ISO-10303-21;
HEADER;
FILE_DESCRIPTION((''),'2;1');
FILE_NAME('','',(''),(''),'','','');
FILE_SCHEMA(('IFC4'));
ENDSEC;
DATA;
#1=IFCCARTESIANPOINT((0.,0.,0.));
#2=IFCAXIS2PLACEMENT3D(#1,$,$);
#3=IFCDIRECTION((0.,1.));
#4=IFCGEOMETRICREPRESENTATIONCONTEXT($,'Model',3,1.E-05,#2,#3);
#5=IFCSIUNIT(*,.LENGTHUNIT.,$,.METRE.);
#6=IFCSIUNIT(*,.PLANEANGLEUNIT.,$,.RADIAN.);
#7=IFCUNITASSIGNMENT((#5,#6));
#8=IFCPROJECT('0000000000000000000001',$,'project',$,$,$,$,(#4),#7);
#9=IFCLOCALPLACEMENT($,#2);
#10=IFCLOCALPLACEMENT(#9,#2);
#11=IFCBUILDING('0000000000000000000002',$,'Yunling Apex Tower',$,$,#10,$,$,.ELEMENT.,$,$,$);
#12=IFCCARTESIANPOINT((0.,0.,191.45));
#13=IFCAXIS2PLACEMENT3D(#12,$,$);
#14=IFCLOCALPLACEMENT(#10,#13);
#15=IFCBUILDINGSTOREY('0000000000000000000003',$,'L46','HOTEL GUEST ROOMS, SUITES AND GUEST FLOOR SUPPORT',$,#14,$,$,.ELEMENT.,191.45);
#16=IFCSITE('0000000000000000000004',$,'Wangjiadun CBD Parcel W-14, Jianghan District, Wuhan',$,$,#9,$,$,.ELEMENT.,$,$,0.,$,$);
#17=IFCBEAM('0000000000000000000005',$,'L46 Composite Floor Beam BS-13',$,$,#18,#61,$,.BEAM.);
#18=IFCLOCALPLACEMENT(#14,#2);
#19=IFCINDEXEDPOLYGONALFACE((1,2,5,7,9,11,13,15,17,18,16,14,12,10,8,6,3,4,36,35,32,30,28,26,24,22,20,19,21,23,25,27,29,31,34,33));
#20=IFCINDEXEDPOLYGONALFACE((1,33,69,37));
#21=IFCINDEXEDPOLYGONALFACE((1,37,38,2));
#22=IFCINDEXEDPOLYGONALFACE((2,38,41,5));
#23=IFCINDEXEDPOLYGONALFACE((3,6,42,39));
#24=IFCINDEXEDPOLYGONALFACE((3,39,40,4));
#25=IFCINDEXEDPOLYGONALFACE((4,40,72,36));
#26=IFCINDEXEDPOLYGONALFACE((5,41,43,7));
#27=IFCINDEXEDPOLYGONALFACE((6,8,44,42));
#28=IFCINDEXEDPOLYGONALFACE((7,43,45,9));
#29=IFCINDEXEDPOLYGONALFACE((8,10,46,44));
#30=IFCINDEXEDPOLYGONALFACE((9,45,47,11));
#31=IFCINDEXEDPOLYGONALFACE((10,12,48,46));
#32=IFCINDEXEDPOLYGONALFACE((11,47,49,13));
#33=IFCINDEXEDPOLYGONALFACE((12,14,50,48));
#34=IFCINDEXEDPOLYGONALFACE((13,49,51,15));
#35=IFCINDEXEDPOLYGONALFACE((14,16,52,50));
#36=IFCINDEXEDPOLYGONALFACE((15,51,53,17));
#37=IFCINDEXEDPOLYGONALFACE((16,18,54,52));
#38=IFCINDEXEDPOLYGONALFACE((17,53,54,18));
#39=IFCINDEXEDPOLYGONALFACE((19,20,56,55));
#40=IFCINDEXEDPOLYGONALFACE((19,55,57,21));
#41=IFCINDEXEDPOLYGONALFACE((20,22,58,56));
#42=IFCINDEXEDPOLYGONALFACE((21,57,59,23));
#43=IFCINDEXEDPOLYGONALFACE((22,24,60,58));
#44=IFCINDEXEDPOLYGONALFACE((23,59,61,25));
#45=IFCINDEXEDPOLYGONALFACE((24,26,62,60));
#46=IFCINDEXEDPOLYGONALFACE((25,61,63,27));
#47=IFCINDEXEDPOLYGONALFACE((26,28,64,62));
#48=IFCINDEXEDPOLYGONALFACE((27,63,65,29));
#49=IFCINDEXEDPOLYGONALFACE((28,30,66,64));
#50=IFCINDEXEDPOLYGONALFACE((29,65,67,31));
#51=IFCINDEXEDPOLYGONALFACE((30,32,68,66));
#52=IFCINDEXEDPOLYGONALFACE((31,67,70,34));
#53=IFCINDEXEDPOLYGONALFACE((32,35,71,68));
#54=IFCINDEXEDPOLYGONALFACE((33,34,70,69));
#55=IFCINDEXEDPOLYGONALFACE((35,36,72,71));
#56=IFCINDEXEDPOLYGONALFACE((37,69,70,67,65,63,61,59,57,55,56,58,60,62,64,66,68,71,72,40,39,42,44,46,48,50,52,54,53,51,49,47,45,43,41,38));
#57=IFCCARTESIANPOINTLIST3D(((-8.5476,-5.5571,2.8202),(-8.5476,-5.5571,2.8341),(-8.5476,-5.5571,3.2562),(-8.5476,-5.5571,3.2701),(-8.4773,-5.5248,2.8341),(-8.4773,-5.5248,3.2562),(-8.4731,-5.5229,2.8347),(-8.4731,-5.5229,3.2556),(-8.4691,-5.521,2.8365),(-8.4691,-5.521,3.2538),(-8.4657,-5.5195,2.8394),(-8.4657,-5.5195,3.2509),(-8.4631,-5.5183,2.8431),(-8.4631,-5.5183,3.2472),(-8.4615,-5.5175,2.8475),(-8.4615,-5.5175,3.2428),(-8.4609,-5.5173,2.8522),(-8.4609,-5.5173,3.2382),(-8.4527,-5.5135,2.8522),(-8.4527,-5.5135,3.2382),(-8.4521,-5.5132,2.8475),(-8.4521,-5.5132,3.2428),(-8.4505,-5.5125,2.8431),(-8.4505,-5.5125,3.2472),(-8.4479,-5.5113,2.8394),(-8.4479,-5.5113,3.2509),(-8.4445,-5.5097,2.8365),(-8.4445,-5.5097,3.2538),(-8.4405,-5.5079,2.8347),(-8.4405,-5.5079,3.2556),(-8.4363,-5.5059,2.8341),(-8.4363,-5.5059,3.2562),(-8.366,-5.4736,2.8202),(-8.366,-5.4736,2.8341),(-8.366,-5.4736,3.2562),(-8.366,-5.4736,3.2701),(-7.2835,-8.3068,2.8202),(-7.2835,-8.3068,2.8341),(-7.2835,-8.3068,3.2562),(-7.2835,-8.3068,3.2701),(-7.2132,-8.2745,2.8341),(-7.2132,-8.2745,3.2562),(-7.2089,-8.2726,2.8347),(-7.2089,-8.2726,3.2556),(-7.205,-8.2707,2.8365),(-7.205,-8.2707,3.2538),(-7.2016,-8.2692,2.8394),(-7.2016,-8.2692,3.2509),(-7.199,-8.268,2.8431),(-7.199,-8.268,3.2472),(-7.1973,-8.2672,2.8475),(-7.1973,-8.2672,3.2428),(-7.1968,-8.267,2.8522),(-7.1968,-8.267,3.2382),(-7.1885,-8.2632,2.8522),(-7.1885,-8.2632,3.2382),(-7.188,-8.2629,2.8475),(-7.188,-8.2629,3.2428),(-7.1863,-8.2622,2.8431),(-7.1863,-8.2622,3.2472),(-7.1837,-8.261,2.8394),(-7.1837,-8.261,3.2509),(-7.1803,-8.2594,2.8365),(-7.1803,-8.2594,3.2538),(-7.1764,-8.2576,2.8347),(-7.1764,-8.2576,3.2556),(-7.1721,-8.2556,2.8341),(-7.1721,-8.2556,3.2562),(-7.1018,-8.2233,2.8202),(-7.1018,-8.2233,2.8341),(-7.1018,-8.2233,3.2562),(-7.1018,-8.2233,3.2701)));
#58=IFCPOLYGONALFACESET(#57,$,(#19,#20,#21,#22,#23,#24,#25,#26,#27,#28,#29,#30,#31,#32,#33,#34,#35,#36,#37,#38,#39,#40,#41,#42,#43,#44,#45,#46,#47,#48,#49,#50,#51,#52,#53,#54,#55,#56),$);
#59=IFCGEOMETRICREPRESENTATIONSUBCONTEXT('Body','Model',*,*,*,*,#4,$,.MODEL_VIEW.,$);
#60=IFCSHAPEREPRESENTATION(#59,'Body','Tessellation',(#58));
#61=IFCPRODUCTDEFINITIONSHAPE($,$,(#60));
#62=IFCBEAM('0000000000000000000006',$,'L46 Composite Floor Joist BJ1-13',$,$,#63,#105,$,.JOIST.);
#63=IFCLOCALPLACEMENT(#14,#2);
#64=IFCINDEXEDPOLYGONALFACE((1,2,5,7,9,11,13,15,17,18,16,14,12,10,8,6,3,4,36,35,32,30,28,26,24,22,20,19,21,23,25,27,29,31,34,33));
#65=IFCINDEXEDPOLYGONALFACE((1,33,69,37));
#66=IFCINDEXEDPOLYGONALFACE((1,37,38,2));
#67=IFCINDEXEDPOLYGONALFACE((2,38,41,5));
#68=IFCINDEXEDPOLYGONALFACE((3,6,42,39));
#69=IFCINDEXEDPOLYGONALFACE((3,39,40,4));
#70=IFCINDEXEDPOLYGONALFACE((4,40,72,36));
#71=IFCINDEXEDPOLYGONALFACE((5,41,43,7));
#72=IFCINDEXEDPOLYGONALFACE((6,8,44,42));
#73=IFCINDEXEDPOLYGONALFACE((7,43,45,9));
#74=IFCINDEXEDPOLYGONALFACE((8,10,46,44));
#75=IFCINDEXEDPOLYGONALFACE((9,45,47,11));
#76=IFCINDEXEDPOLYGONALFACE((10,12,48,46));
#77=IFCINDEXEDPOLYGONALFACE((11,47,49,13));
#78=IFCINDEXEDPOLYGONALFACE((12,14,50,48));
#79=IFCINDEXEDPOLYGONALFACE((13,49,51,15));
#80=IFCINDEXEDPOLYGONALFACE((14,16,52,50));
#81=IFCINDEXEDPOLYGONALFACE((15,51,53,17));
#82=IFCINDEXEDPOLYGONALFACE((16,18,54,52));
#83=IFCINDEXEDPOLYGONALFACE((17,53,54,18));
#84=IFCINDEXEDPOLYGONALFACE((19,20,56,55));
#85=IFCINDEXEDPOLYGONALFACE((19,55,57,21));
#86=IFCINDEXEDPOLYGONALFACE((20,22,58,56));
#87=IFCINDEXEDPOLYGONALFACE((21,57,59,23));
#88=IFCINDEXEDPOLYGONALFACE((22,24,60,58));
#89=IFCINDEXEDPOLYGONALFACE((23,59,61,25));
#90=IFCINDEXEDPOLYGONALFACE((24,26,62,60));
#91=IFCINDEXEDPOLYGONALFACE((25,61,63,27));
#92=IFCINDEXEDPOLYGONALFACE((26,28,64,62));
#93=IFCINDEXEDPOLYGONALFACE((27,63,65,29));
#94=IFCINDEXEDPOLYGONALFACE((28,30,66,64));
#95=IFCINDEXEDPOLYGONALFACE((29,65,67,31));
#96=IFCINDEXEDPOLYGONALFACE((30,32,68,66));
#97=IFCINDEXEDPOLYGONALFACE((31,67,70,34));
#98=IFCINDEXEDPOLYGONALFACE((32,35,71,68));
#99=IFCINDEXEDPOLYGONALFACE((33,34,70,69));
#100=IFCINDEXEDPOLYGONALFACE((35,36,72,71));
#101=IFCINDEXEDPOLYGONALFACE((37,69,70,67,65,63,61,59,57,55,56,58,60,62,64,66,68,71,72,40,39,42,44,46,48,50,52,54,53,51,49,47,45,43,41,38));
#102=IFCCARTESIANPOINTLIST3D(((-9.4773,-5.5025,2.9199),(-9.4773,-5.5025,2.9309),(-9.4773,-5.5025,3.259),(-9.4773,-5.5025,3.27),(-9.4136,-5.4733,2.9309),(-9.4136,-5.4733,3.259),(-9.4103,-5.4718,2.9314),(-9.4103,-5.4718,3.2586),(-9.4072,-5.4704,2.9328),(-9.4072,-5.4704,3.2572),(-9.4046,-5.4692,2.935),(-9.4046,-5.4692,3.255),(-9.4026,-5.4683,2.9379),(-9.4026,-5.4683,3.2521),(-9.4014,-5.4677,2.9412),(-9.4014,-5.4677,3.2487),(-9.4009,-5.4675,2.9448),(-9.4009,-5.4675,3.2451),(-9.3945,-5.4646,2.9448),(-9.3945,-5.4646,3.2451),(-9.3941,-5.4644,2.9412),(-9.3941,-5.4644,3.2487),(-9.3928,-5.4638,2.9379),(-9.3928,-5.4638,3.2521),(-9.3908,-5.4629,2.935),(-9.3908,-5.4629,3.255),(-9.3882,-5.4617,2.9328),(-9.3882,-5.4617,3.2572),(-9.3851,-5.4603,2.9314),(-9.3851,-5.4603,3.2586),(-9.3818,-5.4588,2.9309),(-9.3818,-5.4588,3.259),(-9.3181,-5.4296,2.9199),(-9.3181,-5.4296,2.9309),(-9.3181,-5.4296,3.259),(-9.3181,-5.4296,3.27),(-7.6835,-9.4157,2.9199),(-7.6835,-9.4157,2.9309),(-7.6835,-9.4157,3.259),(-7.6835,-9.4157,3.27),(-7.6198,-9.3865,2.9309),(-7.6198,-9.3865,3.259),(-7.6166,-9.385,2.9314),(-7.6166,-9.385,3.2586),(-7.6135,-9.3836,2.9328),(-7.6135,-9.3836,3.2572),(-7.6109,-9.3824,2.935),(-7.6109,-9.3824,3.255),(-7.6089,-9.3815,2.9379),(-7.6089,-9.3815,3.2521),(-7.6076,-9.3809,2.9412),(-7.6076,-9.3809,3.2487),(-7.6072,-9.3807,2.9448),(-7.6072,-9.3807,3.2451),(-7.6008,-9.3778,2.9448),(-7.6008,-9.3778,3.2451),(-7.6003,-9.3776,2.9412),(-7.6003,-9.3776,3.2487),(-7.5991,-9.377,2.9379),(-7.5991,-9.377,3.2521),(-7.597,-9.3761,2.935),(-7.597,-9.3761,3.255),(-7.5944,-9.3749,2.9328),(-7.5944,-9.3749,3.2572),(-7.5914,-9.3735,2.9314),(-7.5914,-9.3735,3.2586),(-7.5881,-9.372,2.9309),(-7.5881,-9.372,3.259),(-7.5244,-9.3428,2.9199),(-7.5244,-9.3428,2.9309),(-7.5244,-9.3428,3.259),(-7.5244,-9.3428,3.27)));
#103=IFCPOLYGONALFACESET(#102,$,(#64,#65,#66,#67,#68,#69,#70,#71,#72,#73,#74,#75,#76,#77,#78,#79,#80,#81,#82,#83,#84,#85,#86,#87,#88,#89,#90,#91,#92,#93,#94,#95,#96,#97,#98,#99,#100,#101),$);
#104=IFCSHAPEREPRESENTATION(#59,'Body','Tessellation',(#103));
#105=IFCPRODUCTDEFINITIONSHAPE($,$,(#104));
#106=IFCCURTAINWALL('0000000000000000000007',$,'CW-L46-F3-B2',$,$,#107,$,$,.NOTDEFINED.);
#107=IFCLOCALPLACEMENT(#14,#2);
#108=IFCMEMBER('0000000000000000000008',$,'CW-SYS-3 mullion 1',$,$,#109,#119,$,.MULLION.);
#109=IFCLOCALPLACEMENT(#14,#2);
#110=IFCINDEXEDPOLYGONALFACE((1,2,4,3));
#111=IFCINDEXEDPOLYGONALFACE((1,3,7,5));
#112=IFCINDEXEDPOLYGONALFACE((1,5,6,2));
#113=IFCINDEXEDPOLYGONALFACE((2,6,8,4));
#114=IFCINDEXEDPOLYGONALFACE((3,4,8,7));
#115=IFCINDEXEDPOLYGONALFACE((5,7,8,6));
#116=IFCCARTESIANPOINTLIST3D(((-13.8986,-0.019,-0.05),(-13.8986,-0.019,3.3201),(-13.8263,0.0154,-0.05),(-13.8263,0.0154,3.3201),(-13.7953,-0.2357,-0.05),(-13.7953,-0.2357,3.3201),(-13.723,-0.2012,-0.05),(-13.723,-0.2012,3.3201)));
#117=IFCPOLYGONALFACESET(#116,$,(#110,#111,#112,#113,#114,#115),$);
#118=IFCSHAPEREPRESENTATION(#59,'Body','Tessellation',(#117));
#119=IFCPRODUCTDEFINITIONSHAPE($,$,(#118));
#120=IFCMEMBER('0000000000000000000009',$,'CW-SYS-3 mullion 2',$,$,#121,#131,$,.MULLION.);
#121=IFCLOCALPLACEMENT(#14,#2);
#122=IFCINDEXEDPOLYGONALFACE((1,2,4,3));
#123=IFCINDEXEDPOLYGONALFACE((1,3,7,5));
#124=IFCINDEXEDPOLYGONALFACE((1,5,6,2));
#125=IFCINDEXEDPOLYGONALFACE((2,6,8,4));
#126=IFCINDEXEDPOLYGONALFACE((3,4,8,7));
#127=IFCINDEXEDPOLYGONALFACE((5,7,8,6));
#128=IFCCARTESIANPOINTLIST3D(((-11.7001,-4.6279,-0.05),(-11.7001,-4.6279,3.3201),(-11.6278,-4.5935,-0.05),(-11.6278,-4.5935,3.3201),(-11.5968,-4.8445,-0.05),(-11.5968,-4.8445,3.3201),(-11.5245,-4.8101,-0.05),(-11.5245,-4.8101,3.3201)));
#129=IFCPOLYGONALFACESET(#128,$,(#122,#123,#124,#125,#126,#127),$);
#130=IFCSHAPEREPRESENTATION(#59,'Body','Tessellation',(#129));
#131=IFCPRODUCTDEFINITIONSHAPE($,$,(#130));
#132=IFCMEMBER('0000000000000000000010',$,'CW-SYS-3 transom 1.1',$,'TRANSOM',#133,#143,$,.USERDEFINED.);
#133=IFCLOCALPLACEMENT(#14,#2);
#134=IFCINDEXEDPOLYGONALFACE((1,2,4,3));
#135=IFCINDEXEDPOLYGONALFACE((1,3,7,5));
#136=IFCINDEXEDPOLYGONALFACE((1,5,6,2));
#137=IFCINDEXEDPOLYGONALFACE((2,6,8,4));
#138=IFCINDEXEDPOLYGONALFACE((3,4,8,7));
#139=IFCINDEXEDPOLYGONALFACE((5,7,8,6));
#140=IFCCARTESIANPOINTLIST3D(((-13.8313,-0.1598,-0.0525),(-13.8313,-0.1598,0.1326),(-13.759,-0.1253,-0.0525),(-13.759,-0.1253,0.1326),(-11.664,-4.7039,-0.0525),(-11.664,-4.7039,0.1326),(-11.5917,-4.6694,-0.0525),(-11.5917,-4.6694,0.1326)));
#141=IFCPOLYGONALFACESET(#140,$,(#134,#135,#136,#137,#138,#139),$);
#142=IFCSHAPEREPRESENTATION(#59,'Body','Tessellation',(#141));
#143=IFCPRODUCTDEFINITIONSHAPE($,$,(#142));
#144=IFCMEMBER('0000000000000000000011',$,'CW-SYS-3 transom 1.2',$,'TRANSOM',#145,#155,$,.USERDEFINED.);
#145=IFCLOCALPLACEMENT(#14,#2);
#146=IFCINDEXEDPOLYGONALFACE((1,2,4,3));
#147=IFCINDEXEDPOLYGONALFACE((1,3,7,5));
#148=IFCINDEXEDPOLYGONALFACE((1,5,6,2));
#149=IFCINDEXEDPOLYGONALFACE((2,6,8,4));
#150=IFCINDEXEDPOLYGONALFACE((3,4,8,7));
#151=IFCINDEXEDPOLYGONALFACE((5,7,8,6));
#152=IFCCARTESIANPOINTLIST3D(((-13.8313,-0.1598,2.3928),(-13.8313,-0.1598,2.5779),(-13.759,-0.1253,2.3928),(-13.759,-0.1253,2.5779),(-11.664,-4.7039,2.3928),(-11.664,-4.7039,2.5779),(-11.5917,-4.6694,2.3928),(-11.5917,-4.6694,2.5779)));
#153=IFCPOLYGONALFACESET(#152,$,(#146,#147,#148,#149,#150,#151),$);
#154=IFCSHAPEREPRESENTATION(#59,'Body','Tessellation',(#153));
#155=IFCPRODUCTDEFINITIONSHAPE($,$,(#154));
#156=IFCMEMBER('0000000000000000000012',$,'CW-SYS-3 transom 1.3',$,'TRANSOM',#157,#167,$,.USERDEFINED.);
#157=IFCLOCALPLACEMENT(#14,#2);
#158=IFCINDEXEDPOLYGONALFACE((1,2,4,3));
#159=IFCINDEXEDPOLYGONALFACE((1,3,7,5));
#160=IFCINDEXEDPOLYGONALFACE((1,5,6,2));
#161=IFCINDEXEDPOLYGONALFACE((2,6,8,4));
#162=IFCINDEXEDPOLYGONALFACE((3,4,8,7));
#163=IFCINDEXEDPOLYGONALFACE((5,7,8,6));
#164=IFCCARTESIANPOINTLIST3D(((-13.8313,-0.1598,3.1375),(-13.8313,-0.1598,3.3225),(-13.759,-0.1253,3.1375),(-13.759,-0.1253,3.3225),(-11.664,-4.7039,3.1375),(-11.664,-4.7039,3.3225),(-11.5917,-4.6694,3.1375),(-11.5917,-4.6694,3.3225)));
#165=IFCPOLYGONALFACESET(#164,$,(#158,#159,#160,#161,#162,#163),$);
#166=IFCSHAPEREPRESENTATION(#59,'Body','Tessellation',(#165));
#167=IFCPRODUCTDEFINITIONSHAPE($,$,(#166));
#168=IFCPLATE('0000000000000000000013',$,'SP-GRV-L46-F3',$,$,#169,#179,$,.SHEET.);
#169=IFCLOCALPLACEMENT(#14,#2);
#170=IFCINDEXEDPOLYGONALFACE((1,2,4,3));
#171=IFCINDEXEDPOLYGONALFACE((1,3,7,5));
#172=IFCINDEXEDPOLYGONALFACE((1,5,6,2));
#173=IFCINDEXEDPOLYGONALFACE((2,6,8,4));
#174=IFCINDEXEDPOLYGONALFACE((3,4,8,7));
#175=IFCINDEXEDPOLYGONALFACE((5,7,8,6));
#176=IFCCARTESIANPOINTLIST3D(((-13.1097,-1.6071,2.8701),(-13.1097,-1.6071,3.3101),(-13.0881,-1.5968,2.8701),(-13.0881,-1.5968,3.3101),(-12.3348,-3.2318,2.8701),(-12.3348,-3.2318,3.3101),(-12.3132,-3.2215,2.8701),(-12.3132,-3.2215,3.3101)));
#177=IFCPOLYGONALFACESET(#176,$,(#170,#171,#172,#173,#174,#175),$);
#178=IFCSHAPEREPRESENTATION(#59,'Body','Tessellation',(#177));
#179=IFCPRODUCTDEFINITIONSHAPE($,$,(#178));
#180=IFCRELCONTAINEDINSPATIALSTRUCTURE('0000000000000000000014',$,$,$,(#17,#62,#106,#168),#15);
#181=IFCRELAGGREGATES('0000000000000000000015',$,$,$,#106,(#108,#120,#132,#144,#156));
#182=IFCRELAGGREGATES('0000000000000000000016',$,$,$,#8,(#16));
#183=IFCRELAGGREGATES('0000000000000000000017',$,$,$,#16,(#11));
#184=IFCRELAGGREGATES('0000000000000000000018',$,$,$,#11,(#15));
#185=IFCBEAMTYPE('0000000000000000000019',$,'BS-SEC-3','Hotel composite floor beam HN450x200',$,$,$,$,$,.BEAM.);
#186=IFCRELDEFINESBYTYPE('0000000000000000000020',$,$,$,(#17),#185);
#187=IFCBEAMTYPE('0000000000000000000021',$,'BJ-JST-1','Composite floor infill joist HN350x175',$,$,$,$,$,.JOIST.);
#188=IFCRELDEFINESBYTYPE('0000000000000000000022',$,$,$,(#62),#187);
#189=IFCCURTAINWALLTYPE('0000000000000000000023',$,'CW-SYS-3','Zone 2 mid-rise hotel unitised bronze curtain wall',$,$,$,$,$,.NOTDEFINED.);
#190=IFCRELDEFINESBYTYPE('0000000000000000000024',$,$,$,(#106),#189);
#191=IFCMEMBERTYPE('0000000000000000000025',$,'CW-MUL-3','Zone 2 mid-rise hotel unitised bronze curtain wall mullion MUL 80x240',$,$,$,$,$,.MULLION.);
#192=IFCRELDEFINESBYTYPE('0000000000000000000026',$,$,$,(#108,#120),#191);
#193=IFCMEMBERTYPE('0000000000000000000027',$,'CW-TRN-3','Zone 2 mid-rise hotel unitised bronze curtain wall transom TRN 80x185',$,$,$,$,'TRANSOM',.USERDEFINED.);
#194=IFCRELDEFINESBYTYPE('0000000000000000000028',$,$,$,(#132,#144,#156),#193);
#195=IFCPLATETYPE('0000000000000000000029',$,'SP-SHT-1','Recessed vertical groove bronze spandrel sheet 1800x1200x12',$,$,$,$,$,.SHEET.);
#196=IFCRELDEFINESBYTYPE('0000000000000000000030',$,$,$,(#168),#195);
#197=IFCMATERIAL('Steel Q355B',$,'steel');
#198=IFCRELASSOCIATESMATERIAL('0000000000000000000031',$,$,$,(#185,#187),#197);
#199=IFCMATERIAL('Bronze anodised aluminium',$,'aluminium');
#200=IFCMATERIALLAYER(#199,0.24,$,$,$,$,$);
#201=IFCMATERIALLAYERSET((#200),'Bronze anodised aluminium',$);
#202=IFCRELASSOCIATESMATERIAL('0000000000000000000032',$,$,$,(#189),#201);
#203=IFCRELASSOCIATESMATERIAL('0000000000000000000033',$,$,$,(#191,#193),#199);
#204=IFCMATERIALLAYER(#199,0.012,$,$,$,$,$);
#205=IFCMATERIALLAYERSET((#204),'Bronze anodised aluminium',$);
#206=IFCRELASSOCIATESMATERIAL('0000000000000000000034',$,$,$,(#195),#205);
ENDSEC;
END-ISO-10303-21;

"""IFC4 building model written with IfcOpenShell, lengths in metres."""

from ifc_helpers import new_model, si_unit, direction, frame, origin, origin_2d, place, context, subcontext, project, spatial, rectangle, i_section, extrude, source, transform, mapped, material, layer, layer_set, material_profile, profile_set, type_object, element, aggregate, save


model = new_model("IFC4")

# Units and contexts
model_context = context("Model", 3, precision=1e-05, world=origin(), true_north=direction((0.0, 1.0)))
body_context = subcontext(model_context, "Body", "Model", "MODEL_VIEW")
ifc_project = project(units=[si_unit("LENGTHUNIT", "METRE"), si_unit("PLANEANGLEUNIT", "RADIAN")], contexts=[model_context])

# Site, building, storey
site_placement = place(None, origin())
site = spatial("IfcSite", under=ifc_project, at=site_placement, Name="Wangjiadun CBD Parcel W-14, Jianghan District, Wuhan", CompositionType="ELEMENT", RefElevation=0.0)
building_placement = place(site_placement, origin())
building = spatial("IfcBuilding", under=site, at=building_placement, Name="Yunling Apex Tower", CompositionType="ELEMENT")
storey_placement = place(building_placement, frame((0.0, 0.0, 191.45)))
storey = spatial("IfcBuildingStorey", under=building, at=storey_placement, Name="L46", Description="HOTEL GUEST ROOMS, SUITES AND GUEST FLOOR SUPPORT", CompositionType="ELEMENT", Elevation=191.45)

# Beams
ifc_material_1 = material(Name="Steel Q355B", Category="steel")
ifc_material_profile_1 = material_profile(ifc_material_1, i_section(OverallWidth=0.2, OverallDepth=0.45, WebThickness=0.009, FlangeThickness=0.0139, FilletRadius=0.0181, at=origin_2d()))
ifc_profile_set_1 = profile_set([ifc_material_profile_1], Name="Steel Q355B")
beam_type_1 = type_object("IfcBeamType", Name="BS-SEC-3", Description="Hotel composite floor beam HN450x200", PredefinedType="BEAM", material=ifc_profile_set_1)
shared_shape_1 = source(origin(), body_context, "Body", "SweptSolid", [
    extrude(i_section(OverallWidth=0.2, OverallDepth=0.45, WebThickness=0.009, FlangeThickness=0.0139, FilletRadius=0.0181, at=origin_2d()), origin(), (0.0, 0.0, 1.0), 3.0264),
])
beam_1_placement = place(storey_placement, frame((-8.4568, -5.5154, 3.0452), z_axis=(0.417707, -0.908582, 0.0), x_axis=(0.908582, 0.417707, 0.0)))
element("IfcBeam", 1, at=beam_1_placement, inside=storey, type_object=beam_type_1, Name="L46 Composite Floor Beam BS-13", PredefinedType="BEAM", context=body_context, shape_type="MappedRepresentation", body=[
    mapped(shared_shape_1, transform((0.0, 0.0, 0.0), scale=1.0)),
])
ifc_material_profile_2 = material_profile(ifc_material_1, i_section(OverallWidth=0.175, OverallDepth=0.3501, WebThickness=0.0071, FlangeThickness=0.011, FilletRadius=0.0139, at=origin_2d()))
ifc_profile_set_2 = profile_set([ifc_material_profile_2], Name="Steel Q355B")
beam_type_2 = type_object("IfcBeamType", Name="BJ-JST-1", Description="Composite floor infill joist HN350x175", PredefinedType="JOIST", material=ifc_profile_set_2)
shared_shape_2 = source(origin(), body_context, "Body", "SweptSolid", [
    extrude(i_section(OverallWidth=0.175, OverallDepth=0.3501, WebThickness=0.0071, FlangeThickness=0.011, FilletRadius=0.0139, at=origin_2d()), origin(), (0.0, 0.0, 1.0), 4.3047),
])
beam_2_placement = place(storey_placement, frame((-9.3977, -5.4661, 3.095), z_axis=(0.416694, -0.909047, 0.0), x_axis=(0.909047, 0.416694, 0.0)))
element("IfcBeam", 2, at=beam_2_placement, inside=storey, type_object=beam_type_2, Name="L46 Composite Floor Joist BJ1-13", PredefinedType="JOIST", context=body_context, shape_type="MappedRepresentation", body=[
    mapped(shared_shape_2, transform((0.0, 0.0, 0.0), scale=1.0)),
])

# Curtain wall, members
ifc_material_2 = material(Name="Bronze anodised aluminium", Category="aluminium")
ifc_layer_1 = layer(ifc_material_2, 0.24)
ifc_layer_set_1 = layer_set([ifc_layer_1], Name="Bronze anodised aluminium")
curtain_wall_type = type_object("IfcCurtainWallType", Name="CW-SYS-3", Description="Zone 2 mid-rise hotel unitised bronze curtain wall", PredefinedType="NOTDEFINED", material=ifc_layer_set_1)
curtain_wall_placement = place(storey_placement, origin())
curtain_wall = element("IfcCurtainWall", 3, at=curtain_wall_placement, inside=storey, type_object=curtain_wall_type, Name="CW-L46-F3-B2", PredefinedType="NOTDEFINED")
ifc_material_profile_3 = material_profile(ifc_material_2, rectangle(XDim=0.0801, YDim=0.24, at=origin_2d()))
ifc_profile_set_3 = profile_set([ifc_material_profile_3], Name="Bronze anodised aluminium")
member_type_1 = type_object("IfcMemberType", Name="CW-MUL-3", Description="Zone 2 mid-rise hotel unitised bronze curtain wall mullion MUL 80x240", PredefinedType="MULLION", material=ifc_profile_set_3)
shared_shape_3 = source(origin(), body_context, "Body", "SweptSolid", [
    extrude(rectangle(XDim=0.0801, YDim=0.24, at=origin_2d()), origin(), (0.0, 0.0, 1.0), 3.3701),
])
member_1_placement = place(storey_placement, frame((-13.8108, -0.1101, -0.05), z_axis=(0.0, 0.0, 1.0), x_axis=(0.902583, 0.430516, 0.0)))
member_1 = element("IfcMember", 4, at=member_1_placement, type_object=member_type_1, Name="CW-SYS-3 mullion 1", PredefinedType="MULLION", context=body_context, shape_type="MappedRepresentation", body=[
    mapped(shared_shape_3, transform((0.0, 0.0, 0.0), scale=1.0)),
])
member_2_placement = place(storey_placement, frame((-11.6123, -4.719, -0.05), z_axis=(0.0, 0.0, 1.0), x_axis=(0.902583, 0.430516, 0.0)))
member_2 = element("IfcMember", 5, at=member_2_placement, type_object=member_type_1, Name="CW-SYS-3 mullion 2", PredefinedType="MULLION", context=body_context, shape_type="MappedRepresentation", body=[
    mapped(shared_shape_3, transform((0.0, 0.0, 0.0), scale=1.0)),
])
ifc_material_profile_4 = material_profile(ifc_material_2, rectangle(XDim=0.0801, YDim=0.1851, at=origin_2d()))
ifc_profile_set_4 = profile_set([ifc_material_profile_4], Name="Bronze anodised aluminium")
member_type_2 = type_object("IfcMemberType", Name="CW-TRN-3", Description="Zone 2 mid-rise hotel unitised bronze curtain wall transom TRN 80x185", ElementType="TRANSOM", PredefinedType="USERDEFINED", material=ifc_profile_set_4)
shared_shape_4 = source(origin(), body_context, "Body", "SweptSolid", [
    extrude(rectangle(XDim=0.0801, YDim=0.1851, at=origin_2d()), origin(), (0.0, 0.0, 1.0), 5.0344),
])
member_3_placement = place(storey_placement, frame((-13.7952, -0.1426, 0.04), z_axis=(0.430493, -0.902594, 0.0), x_axis=(0.902594, 0.430493, 0.0)))
member_3 = element("IfcMember", 6, at=member_3_placement, type_object=member_type_2, Name="CW-SYS-3 transom 1.1", ObjectType="TRANSOM", PredefinedType="USERDEFINED", context=body_context, shape_type="MappedRepresentation", body=[
    mapped(shared_shape_4, transform((0.0, 0.0, 0.0), scale=1.0)),
])
member_4_placement = place(storey_placement, frame((-13.7952, -0.1426, 2.4854), z_axis=(0.430493, -0.902594, 0.0), x_axis=(0.902594, 0.430493, 0.0)))
member_4 = element("IfcMember", 7, at=member_4_placement, type_object=member_type_2, Name="CW-SYS-3 transom 1.2", ObjectType="TRANSOM", PredefinedType="USERDEFINED", context=body_context, shape_type="MappedRepresentation", body=[
    mapped(shared_shape_4, transform((0.0, 0.0, 0.0), scale=1.0)),
])
member_5_placement = place(storey_placement, frame((-13.7952, -0.1426, 3.23), z_axis=(0.430493, -0.902594, 0.0), x_axis=(0.902594, 0.430493, 0.0)))
member_5 = element("IfcMember", 8, at=member_5_placement, type_object=member_type_2, Name="CW-SYS-3 transom 1.3", ObjectType="TRANSOM", PredefinedType="USERDEFINED", context=body_context, shape_type="MappedRepresentation", body=[
    mapped(shared_shape_4, transform((0.0, 0.0, 0.0), scale=1.0)),
])

# Plate
ifc_layer_2 = layer(ifc_material_2, 0.012)
ifc_layer_set_2 = layer_set([ifc_layer_2], Name="Bronze anodised aluminium")
plate_type_1 = type_object("IfcPlateType", Name="SP-SHT-1", Description="Recessed vertical groove bronze spandrel sheet 1800x1200x12", PredefinedType="SHEET", material=ifc_layer_set_2)
shared_shape_5 = source(origin(), body_context, "Body", "SweptSolid", [
    extrude(rectangle(XDim=1.8, YDim=0.0239, at=origin_2d()), origin(), (0.0, 0.0, 1.0), 0.4399),
])
plate_1_placement = place(storey_placement, frame((-12.7114, -2.4143, 2.8701), z_axis=(0.0, 0.0, 1.0), x_axis=(0.430511, -0.902585, 0.0)))
element("IfcPlate", 9, at=plate_1_placement, inside=storey, type_object=plate_type_1, Name="SP-GRV-L46-F3", PredefinedType="SHEET", context=body_context, shape_type="MappedRepresentation", body=[
    mapped(shared_shape_5, transform((0.0, 0.0, 0.0), scale=1.0)),
])
aggregate(curtain_wall, [member_1, member_2, member_3, member_4, member_5])

save(model, "model.ifc")
